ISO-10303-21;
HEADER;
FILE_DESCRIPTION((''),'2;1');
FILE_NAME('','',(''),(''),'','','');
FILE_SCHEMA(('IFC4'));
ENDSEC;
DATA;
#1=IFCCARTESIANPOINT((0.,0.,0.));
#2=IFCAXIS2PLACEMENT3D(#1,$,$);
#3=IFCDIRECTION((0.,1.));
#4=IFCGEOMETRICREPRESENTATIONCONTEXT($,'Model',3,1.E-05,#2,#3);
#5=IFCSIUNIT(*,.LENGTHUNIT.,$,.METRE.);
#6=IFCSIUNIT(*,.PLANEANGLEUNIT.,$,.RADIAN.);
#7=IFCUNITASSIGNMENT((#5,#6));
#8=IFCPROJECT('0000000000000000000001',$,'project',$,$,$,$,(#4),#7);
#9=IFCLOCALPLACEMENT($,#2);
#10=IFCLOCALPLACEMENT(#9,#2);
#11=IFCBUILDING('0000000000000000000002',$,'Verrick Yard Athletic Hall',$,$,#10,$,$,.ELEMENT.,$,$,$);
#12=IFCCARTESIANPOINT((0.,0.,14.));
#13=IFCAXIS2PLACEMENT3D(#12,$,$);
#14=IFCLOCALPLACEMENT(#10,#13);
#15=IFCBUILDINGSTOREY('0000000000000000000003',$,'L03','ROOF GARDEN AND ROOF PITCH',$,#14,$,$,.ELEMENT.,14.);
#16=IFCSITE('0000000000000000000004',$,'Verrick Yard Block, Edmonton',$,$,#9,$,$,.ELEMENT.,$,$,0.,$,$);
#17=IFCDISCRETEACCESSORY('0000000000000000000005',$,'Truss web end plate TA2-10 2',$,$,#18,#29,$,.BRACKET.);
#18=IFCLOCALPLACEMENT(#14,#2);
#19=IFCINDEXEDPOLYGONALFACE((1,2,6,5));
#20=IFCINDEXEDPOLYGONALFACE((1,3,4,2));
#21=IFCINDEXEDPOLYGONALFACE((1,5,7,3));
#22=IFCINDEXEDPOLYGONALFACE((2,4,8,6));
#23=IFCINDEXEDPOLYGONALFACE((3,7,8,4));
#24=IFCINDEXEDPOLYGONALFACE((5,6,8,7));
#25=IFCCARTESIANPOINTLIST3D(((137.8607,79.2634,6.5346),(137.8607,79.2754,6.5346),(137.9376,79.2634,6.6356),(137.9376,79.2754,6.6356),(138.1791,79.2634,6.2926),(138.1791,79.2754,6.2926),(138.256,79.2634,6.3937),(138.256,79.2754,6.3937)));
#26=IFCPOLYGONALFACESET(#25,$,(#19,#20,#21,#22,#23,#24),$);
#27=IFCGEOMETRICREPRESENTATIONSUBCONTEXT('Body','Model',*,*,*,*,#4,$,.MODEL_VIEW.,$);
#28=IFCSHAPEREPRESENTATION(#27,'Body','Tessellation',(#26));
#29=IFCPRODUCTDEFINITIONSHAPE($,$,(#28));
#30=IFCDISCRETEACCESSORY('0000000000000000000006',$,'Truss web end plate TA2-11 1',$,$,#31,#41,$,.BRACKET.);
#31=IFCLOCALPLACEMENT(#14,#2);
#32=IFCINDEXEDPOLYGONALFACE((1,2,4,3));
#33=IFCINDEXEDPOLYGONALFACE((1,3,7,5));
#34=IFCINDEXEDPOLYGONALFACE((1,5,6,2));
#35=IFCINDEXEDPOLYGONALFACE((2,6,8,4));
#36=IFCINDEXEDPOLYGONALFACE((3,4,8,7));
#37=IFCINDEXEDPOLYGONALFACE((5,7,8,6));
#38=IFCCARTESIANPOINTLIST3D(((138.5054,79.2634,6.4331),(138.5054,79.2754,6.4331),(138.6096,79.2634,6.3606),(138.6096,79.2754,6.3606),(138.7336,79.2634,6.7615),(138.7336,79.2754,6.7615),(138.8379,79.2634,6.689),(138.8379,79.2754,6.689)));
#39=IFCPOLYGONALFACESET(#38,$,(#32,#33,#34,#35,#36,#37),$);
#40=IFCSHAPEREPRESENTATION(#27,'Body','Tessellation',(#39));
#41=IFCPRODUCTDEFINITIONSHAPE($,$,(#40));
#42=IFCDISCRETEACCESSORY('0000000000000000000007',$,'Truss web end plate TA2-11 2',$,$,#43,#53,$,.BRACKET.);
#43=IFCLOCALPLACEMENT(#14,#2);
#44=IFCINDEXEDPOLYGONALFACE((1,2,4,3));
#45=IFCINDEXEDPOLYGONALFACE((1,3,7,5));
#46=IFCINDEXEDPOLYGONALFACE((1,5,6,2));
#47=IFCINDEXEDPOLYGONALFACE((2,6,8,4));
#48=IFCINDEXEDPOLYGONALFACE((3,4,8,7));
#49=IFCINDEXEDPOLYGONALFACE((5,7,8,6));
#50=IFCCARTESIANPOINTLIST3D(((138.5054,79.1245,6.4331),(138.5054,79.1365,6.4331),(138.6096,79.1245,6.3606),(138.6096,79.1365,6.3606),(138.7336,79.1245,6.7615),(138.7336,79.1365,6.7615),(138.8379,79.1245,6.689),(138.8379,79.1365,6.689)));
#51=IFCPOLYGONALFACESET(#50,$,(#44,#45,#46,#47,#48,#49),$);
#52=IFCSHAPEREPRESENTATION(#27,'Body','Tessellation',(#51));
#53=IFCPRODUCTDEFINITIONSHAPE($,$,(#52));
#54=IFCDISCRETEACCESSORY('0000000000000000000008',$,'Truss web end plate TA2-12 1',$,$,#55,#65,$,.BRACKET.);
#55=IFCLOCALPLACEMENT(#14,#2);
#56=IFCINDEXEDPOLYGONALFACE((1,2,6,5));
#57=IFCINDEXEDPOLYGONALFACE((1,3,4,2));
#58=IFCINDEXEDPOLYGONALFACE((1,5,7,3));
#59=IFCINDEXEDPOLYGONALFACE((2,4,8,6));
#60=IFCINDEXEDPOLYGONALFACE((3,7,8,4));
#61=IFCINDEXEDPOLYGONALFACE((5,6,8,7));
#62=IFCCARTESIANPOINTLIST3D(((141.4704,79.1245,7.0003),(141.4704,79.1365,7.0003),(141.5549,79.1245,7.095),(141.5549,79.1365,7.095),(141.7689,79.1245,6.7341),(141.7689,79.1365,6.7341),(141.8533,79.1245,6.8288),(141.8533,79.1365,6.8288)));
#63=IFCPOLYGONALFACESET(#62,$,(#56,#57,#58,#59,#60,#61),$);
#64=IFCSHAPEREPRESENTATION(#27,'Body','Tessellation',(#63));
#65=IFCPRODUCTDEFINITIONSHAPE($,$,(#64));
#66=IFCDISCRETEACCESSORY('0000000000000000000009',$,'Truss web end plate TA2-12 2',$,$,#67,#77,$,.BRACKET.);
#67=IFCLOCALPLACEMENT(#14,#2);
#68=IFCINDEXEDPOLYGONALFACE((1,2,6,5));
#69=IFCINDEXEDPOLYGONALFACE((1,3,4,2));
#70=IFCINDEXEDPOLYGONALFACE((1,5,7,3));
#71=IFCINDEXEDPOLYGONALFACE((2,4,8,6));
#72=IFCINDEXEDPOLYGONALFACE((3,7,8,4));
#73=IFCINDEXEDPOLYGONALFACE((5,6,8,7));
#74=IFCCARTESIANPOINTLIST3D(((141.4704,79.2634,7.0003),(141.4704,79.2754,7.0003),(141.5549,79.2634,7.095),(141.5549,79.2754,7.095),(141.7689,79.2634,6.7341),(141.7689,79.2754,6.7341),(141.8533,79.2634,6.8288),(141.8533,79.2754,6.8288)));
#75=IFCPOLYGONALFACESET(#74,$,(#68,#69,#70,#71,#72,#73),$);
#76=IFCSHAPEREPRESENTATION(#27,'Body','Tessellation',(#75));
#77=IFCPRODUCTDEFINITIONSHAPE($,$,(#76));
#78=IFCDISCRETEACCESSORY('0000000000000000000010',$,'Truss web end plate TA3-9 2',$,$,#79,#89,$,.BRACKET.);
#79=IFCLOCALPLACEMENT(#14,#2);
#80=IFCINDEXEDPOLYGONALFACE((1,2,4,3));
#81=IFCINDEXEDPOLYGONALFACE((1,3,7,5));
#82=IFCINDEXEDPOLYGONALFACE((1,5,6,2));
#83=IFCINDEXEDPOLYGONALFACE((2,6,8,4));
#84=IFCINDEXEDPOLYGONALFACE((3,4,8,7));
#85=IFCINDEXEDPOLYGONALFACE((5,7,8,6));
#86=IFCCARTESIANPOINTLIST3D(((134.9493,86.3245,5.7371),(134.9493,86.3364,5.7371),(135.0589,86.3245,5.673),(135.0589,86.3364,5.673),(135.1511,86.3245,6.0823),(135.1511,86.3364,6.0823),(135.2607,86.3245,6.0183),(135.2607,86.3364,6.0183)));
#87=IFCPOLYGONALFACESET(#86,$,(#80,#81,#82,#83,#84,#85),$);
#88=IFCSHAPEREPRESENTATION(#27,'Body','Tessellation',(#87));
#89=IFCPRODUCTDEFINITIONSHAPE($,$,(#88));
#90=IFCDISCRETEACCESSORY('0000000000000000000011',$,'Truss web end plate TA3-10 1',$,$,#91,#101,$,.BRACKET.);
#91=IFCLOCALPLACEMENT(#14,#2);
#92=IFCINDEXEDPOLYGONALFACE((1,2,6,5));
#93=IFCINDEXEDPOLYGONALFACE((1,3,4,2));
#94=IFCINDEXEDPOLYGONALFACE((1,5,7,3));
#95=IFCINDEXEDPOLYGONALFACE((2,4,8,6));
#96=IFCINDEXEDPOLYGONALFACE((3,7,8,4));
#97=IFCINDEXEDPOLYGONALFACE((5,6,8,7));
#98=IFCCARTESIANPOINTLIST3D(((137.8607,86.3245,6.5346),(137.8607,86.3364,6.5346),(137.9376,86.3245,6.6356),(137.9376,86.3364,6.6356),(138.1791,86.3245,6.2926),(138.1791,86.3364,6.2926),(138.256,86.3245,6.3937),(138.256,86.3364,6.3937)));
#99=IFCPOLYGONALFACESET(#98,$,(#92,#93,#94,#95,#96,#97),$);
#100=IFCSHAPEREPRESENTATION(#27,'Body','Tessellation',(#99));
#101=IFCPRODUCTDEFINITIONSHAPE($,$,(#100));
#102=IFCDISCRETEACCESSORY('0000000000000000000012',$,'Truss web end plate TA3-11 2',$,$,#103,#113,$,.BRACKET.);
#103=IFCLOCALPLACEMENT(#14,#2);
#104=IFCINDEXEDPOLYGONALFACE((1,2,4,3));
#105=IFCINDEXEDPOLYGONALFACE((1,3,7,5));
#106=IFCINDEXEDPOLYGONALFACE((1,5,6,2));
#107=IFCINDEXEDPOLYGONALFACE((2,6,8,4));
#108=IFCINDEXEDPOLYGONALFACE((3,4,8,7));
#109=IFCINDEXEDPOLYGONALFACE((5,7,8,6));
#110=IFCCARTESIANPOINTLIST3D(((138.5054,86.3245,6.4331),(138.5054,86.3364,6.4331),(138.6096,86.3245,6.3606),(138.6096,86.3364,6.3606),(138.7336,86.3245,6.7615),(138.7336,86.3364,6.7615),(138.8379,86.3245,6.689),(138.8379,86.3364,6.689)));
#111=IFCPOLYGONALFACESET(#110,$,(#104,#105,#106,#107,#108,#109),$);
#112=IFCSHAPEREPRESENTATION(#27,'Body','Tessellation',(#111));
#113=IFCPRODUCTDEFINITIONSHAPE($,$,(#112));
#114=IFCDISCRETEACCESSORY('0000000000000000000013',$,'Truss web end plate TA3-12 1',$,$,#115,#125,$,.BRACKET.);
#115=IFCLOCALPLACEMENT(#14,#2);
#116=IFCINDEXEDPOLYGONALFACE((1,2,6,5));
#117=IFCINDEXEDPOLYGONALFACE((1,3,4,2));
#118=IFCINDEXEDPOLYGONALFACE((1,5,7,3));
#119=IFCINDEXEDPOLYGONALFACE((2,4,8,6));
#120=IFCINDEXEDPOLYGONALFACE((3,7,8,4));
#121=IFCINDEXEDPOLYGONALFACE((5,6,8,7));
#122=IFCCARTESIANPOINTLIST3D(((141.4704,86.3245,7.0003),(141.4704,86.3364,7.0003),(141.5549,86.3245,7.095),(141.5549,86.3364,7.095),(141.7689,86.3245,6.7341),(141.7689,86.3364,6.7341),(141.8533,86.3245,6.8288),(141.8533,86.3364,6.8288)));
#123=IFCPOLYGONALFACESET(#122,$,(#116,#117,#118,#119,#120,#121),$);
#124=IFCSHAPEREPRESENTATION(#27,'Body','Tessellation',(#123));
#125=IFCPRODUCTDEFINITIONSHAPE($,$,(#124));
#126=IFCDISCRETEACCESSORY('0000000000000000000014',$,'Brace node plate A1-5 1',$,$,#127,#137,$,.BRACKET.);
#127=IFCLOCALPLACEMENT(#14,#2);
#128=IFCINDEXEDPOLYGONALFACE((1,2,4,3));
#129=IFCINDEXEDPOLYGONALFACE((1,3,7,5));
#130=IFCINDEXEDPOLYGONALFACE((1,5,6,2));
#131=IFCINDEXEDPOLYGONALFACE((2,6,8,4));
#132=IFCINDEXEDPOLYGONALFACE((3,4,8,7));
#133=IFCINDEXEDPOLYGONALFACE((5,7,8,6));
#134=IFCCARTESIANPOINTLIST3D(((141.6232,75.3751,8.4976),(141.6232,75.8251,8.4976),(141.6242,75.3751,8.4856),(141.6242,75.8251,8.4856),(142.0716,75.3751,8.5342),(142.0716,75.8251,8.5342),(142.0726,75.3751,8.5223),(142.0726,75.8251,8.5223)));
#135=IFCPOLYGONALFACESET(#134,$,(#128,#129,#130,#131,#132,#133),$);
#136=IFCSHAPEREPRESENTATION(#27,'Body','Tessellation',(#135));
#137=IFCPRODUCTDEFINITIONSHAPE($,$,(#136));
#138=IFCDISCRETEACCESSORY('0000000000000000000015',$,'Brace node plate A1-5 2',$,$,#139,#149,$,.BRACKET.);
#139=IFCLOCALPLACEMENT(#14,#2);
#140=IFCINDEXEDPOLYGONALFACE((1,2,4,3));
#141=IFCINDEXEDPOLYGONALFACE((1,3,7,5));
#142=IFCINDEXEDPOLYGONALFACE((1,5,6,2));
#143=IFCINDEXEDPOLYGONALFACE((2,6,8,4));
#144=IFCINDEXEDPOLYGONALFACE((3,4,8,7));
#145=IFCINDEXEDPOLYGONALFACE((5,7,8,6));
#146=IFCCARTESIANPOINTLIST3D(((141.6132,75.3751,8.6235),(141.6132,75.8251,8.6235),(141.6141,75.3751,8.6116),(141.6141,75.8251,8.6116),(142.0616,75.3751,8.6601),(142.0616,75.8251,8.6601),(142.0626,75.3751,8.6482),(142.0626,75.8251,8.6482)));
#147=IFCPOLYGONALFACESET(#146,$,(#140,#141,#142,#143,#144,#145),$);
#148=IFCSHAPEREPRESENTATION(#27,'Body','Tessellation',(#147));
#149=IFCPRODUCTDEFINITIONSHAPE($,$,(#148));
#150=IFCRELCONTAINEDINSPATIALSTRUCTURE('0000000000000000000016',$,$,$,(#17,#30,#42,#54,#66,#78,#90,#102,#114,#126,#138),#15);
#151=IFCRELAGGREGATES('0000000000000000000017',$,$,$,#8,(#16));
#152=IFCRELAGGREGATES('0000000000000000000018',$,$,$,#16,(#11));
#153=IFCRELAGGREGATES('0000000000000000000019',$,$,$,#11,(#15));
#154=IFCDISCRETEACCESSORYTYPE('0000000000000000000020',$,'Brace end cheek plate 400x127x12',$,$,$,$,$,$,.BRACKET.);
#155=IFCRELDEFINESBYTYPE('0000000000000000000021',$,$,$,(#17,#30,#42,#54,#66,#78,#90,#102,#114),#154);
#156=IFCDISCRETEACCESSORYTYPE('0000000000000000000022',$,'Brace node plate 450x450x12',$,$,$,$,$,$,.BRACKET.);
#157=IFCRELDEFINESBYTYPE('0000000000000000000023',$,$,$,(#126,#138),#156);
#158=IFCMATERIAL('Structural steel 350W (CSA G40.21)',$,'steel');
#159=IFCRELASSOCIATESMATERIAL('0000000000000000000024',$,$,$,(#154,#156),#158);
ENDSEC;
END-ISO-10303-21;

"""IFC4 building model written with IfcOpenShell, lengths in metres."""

from ifc_helpers import new_model, si_unit, direction, frame, origin, origin_2d, place, context, subcontext, project, spatial, rectangle, extrude, material, material_profile, profile_set, type_object, element, save


model = new_model("IFC4")

# Units and contexts
model_context = context("Model", 3, precision=1e-05, world=origin(), true_north=direction((0.0, 1.0)))
body_context = subcontext(model_context, "Body", "Model", "MODEL_VIEW")
ifc_project = project(units=[si_unit("LENGTHUNIT", "METRE"), si_unit("PLANEANGLEUNIT", "RADIAN")], contexts=[model_context])

# Site, building, storey
site_placement = place(None, origin())
site = spatial("IfcSite", under=ifc_project, at=site_placement, Name="Verrick Yard Block, Edmonton", CompositionType="ELEMENT", RefElevation=0.0)
building_placement = place(site_placement, origin())
building = spatial("IfcBuilding", under=site, at=building_placement, Name="Verrick Yard Athletic Hall", CompositionType="ELEMENT")
storey_placement = place(building_placement, frame((0.0, 0.0, 14.0)))
storey = spatial("IfcBuildingStorey", under=building, at=storey_placement, Name="L03", Description="ROOF GARDEN AND ROOF PITCH", CompositionType="ELEMENT", Elevation=14.0)

# Discrete accessories
ifc_material_1 = material(Name="Structural steel 350W (CSA G40.21)", Category="steel")
ifc_material_profile_1 = material_profile(ifc_material_1, rectangle(XDim=0.3999, YDim=0.127, at=origin_2d()), Name="Brace end cheek plate")
ifc_profile_set_1 = profile_set([ifc_material_profile_1], Name="Structural steel 350W (CSA G40.21)")
discrete_accessory_type_1 = type_object("IfcDiscreteAccessoryType", Name="Brace end cheek plate 400x127x12", PredefinedType="BRACKET", material=ifc_profile_set_1)
for number, where, z_axis, x_axis, name in (
    (1, (138.0583, 79.2634, 6.4641), (0.0, 1.0, 0.0), (-0.796193, 0.0, 0.605042), "Truss web end plate TA2-10 2"),
    (2, (138.6716, 79.2634, 6.561), (0.0, 1.0, 0.0), (0.570674, 0.0, 0.821176), "Truss web end plate TA2-11 1"),
    (3, (138.6716, 79.1365, 6.561), (0.0, -1.0, 0.0), (0.570674, 0.0, 0.821176), "Truss web end plate TA2-11 2"),
    (4, (141.6619, 79.1365, 6.9146), (0.0, -1.0, 0.0), (-0.746352, 0.0, 0.665551), "Truss web end plate TA2-12 1"),
    (5, (141.6619, 79.2634, 6.9146), (0.0, 1.0, 0.0), (-0.746352, 0.0, 0.665551), "Truss web end plate TA2-12 2"),
    (6, (135.105, 86.3364, 5.8777), (0.0, -1.0, 0.0), (0.504597, 0.0, 0.863355), "Truss web end plate TA3-9 2"),
    (7, (138.0583, 86.3364, 6.4641), (0.0, -1.0, 0.0), (-0.796193, 0.0, 0.605042), "Truss web end plate TA3-10 1"),
    (8, (138.6716, 86.3364, 6.561), (0.0, -1.0, 0.0), (0.570674, 0.0, 0.821176), "Truss web end plate TA3-11 2"),
    (9, (141.6619, 86.3364, 6.9146), (0.0, -1.0, 0.0), (-0.746352, 0.0, 0.665551), "Truss web end plate TA3-12 1"),
):
    element("IfcDiscreteAccessory", number, at=place(storey_placement, frame(where, z_axis=z_axis, x_axis=x_axis)), inside=storey, type_object=discrete_accessory_type_1, Name=name, PredefinedType="BRACKET", context=body_context, shape_type="SweptSolid", body=[
        extrude(rectangle(XDim=0.3999, YDim=0.127, at=origin_2d()), origin(), (0.0, 0.0, 1.0), 0.012),
    ])
ifc_material_profile_2 = material_profile(ifc_material_1, rectangle(XDim=0.45, YDim=0.45, at=origin_2d()), Name="Brace node plate")
ifc_profile_set_2 = profile_set([ifc_material_profile_2], Name="Structural steel 350W (CSA G40.21)")
discrete_accessory_type_2 = type_object("IfcDiscreteAccessoryType", Name="Brace node plate 450x450x12", PredefinedType="BRACKET", material=ifc_profile_set_2)
for number, where, z_axis, x_axis, name in (
    (10, (141.8474, 75.6001, 8.5159), (0.081362, 0.0, -0.996685), (0.0, 1.0, 0.0), "Brace node plate A1-5 1"),
    (11, (141.8384, 75.6001, 8.6299), (-0.081362, 0.0, 0.996685), (0.0, -1.0, 0.0), "Brace node plate A1-5 2"),
):
    element("IfcDiscreteAccessory", number, at=place(storey_placement, frame(where, z_axis=z_axis, x_axis=x_axis)), inside=storey, type_object=discrete_accessory_type_2, Name=name, PredefinedType="BRACKET", context=body_context, shape_type="SweptSolid", body=[
        extrude(rectangle(XDim=0.45, YDim=0.45, at=origin_2d()), origin(), (0.0, 0.0, 1.0), 0.012),
    ])

save(model, "model.ifc")
